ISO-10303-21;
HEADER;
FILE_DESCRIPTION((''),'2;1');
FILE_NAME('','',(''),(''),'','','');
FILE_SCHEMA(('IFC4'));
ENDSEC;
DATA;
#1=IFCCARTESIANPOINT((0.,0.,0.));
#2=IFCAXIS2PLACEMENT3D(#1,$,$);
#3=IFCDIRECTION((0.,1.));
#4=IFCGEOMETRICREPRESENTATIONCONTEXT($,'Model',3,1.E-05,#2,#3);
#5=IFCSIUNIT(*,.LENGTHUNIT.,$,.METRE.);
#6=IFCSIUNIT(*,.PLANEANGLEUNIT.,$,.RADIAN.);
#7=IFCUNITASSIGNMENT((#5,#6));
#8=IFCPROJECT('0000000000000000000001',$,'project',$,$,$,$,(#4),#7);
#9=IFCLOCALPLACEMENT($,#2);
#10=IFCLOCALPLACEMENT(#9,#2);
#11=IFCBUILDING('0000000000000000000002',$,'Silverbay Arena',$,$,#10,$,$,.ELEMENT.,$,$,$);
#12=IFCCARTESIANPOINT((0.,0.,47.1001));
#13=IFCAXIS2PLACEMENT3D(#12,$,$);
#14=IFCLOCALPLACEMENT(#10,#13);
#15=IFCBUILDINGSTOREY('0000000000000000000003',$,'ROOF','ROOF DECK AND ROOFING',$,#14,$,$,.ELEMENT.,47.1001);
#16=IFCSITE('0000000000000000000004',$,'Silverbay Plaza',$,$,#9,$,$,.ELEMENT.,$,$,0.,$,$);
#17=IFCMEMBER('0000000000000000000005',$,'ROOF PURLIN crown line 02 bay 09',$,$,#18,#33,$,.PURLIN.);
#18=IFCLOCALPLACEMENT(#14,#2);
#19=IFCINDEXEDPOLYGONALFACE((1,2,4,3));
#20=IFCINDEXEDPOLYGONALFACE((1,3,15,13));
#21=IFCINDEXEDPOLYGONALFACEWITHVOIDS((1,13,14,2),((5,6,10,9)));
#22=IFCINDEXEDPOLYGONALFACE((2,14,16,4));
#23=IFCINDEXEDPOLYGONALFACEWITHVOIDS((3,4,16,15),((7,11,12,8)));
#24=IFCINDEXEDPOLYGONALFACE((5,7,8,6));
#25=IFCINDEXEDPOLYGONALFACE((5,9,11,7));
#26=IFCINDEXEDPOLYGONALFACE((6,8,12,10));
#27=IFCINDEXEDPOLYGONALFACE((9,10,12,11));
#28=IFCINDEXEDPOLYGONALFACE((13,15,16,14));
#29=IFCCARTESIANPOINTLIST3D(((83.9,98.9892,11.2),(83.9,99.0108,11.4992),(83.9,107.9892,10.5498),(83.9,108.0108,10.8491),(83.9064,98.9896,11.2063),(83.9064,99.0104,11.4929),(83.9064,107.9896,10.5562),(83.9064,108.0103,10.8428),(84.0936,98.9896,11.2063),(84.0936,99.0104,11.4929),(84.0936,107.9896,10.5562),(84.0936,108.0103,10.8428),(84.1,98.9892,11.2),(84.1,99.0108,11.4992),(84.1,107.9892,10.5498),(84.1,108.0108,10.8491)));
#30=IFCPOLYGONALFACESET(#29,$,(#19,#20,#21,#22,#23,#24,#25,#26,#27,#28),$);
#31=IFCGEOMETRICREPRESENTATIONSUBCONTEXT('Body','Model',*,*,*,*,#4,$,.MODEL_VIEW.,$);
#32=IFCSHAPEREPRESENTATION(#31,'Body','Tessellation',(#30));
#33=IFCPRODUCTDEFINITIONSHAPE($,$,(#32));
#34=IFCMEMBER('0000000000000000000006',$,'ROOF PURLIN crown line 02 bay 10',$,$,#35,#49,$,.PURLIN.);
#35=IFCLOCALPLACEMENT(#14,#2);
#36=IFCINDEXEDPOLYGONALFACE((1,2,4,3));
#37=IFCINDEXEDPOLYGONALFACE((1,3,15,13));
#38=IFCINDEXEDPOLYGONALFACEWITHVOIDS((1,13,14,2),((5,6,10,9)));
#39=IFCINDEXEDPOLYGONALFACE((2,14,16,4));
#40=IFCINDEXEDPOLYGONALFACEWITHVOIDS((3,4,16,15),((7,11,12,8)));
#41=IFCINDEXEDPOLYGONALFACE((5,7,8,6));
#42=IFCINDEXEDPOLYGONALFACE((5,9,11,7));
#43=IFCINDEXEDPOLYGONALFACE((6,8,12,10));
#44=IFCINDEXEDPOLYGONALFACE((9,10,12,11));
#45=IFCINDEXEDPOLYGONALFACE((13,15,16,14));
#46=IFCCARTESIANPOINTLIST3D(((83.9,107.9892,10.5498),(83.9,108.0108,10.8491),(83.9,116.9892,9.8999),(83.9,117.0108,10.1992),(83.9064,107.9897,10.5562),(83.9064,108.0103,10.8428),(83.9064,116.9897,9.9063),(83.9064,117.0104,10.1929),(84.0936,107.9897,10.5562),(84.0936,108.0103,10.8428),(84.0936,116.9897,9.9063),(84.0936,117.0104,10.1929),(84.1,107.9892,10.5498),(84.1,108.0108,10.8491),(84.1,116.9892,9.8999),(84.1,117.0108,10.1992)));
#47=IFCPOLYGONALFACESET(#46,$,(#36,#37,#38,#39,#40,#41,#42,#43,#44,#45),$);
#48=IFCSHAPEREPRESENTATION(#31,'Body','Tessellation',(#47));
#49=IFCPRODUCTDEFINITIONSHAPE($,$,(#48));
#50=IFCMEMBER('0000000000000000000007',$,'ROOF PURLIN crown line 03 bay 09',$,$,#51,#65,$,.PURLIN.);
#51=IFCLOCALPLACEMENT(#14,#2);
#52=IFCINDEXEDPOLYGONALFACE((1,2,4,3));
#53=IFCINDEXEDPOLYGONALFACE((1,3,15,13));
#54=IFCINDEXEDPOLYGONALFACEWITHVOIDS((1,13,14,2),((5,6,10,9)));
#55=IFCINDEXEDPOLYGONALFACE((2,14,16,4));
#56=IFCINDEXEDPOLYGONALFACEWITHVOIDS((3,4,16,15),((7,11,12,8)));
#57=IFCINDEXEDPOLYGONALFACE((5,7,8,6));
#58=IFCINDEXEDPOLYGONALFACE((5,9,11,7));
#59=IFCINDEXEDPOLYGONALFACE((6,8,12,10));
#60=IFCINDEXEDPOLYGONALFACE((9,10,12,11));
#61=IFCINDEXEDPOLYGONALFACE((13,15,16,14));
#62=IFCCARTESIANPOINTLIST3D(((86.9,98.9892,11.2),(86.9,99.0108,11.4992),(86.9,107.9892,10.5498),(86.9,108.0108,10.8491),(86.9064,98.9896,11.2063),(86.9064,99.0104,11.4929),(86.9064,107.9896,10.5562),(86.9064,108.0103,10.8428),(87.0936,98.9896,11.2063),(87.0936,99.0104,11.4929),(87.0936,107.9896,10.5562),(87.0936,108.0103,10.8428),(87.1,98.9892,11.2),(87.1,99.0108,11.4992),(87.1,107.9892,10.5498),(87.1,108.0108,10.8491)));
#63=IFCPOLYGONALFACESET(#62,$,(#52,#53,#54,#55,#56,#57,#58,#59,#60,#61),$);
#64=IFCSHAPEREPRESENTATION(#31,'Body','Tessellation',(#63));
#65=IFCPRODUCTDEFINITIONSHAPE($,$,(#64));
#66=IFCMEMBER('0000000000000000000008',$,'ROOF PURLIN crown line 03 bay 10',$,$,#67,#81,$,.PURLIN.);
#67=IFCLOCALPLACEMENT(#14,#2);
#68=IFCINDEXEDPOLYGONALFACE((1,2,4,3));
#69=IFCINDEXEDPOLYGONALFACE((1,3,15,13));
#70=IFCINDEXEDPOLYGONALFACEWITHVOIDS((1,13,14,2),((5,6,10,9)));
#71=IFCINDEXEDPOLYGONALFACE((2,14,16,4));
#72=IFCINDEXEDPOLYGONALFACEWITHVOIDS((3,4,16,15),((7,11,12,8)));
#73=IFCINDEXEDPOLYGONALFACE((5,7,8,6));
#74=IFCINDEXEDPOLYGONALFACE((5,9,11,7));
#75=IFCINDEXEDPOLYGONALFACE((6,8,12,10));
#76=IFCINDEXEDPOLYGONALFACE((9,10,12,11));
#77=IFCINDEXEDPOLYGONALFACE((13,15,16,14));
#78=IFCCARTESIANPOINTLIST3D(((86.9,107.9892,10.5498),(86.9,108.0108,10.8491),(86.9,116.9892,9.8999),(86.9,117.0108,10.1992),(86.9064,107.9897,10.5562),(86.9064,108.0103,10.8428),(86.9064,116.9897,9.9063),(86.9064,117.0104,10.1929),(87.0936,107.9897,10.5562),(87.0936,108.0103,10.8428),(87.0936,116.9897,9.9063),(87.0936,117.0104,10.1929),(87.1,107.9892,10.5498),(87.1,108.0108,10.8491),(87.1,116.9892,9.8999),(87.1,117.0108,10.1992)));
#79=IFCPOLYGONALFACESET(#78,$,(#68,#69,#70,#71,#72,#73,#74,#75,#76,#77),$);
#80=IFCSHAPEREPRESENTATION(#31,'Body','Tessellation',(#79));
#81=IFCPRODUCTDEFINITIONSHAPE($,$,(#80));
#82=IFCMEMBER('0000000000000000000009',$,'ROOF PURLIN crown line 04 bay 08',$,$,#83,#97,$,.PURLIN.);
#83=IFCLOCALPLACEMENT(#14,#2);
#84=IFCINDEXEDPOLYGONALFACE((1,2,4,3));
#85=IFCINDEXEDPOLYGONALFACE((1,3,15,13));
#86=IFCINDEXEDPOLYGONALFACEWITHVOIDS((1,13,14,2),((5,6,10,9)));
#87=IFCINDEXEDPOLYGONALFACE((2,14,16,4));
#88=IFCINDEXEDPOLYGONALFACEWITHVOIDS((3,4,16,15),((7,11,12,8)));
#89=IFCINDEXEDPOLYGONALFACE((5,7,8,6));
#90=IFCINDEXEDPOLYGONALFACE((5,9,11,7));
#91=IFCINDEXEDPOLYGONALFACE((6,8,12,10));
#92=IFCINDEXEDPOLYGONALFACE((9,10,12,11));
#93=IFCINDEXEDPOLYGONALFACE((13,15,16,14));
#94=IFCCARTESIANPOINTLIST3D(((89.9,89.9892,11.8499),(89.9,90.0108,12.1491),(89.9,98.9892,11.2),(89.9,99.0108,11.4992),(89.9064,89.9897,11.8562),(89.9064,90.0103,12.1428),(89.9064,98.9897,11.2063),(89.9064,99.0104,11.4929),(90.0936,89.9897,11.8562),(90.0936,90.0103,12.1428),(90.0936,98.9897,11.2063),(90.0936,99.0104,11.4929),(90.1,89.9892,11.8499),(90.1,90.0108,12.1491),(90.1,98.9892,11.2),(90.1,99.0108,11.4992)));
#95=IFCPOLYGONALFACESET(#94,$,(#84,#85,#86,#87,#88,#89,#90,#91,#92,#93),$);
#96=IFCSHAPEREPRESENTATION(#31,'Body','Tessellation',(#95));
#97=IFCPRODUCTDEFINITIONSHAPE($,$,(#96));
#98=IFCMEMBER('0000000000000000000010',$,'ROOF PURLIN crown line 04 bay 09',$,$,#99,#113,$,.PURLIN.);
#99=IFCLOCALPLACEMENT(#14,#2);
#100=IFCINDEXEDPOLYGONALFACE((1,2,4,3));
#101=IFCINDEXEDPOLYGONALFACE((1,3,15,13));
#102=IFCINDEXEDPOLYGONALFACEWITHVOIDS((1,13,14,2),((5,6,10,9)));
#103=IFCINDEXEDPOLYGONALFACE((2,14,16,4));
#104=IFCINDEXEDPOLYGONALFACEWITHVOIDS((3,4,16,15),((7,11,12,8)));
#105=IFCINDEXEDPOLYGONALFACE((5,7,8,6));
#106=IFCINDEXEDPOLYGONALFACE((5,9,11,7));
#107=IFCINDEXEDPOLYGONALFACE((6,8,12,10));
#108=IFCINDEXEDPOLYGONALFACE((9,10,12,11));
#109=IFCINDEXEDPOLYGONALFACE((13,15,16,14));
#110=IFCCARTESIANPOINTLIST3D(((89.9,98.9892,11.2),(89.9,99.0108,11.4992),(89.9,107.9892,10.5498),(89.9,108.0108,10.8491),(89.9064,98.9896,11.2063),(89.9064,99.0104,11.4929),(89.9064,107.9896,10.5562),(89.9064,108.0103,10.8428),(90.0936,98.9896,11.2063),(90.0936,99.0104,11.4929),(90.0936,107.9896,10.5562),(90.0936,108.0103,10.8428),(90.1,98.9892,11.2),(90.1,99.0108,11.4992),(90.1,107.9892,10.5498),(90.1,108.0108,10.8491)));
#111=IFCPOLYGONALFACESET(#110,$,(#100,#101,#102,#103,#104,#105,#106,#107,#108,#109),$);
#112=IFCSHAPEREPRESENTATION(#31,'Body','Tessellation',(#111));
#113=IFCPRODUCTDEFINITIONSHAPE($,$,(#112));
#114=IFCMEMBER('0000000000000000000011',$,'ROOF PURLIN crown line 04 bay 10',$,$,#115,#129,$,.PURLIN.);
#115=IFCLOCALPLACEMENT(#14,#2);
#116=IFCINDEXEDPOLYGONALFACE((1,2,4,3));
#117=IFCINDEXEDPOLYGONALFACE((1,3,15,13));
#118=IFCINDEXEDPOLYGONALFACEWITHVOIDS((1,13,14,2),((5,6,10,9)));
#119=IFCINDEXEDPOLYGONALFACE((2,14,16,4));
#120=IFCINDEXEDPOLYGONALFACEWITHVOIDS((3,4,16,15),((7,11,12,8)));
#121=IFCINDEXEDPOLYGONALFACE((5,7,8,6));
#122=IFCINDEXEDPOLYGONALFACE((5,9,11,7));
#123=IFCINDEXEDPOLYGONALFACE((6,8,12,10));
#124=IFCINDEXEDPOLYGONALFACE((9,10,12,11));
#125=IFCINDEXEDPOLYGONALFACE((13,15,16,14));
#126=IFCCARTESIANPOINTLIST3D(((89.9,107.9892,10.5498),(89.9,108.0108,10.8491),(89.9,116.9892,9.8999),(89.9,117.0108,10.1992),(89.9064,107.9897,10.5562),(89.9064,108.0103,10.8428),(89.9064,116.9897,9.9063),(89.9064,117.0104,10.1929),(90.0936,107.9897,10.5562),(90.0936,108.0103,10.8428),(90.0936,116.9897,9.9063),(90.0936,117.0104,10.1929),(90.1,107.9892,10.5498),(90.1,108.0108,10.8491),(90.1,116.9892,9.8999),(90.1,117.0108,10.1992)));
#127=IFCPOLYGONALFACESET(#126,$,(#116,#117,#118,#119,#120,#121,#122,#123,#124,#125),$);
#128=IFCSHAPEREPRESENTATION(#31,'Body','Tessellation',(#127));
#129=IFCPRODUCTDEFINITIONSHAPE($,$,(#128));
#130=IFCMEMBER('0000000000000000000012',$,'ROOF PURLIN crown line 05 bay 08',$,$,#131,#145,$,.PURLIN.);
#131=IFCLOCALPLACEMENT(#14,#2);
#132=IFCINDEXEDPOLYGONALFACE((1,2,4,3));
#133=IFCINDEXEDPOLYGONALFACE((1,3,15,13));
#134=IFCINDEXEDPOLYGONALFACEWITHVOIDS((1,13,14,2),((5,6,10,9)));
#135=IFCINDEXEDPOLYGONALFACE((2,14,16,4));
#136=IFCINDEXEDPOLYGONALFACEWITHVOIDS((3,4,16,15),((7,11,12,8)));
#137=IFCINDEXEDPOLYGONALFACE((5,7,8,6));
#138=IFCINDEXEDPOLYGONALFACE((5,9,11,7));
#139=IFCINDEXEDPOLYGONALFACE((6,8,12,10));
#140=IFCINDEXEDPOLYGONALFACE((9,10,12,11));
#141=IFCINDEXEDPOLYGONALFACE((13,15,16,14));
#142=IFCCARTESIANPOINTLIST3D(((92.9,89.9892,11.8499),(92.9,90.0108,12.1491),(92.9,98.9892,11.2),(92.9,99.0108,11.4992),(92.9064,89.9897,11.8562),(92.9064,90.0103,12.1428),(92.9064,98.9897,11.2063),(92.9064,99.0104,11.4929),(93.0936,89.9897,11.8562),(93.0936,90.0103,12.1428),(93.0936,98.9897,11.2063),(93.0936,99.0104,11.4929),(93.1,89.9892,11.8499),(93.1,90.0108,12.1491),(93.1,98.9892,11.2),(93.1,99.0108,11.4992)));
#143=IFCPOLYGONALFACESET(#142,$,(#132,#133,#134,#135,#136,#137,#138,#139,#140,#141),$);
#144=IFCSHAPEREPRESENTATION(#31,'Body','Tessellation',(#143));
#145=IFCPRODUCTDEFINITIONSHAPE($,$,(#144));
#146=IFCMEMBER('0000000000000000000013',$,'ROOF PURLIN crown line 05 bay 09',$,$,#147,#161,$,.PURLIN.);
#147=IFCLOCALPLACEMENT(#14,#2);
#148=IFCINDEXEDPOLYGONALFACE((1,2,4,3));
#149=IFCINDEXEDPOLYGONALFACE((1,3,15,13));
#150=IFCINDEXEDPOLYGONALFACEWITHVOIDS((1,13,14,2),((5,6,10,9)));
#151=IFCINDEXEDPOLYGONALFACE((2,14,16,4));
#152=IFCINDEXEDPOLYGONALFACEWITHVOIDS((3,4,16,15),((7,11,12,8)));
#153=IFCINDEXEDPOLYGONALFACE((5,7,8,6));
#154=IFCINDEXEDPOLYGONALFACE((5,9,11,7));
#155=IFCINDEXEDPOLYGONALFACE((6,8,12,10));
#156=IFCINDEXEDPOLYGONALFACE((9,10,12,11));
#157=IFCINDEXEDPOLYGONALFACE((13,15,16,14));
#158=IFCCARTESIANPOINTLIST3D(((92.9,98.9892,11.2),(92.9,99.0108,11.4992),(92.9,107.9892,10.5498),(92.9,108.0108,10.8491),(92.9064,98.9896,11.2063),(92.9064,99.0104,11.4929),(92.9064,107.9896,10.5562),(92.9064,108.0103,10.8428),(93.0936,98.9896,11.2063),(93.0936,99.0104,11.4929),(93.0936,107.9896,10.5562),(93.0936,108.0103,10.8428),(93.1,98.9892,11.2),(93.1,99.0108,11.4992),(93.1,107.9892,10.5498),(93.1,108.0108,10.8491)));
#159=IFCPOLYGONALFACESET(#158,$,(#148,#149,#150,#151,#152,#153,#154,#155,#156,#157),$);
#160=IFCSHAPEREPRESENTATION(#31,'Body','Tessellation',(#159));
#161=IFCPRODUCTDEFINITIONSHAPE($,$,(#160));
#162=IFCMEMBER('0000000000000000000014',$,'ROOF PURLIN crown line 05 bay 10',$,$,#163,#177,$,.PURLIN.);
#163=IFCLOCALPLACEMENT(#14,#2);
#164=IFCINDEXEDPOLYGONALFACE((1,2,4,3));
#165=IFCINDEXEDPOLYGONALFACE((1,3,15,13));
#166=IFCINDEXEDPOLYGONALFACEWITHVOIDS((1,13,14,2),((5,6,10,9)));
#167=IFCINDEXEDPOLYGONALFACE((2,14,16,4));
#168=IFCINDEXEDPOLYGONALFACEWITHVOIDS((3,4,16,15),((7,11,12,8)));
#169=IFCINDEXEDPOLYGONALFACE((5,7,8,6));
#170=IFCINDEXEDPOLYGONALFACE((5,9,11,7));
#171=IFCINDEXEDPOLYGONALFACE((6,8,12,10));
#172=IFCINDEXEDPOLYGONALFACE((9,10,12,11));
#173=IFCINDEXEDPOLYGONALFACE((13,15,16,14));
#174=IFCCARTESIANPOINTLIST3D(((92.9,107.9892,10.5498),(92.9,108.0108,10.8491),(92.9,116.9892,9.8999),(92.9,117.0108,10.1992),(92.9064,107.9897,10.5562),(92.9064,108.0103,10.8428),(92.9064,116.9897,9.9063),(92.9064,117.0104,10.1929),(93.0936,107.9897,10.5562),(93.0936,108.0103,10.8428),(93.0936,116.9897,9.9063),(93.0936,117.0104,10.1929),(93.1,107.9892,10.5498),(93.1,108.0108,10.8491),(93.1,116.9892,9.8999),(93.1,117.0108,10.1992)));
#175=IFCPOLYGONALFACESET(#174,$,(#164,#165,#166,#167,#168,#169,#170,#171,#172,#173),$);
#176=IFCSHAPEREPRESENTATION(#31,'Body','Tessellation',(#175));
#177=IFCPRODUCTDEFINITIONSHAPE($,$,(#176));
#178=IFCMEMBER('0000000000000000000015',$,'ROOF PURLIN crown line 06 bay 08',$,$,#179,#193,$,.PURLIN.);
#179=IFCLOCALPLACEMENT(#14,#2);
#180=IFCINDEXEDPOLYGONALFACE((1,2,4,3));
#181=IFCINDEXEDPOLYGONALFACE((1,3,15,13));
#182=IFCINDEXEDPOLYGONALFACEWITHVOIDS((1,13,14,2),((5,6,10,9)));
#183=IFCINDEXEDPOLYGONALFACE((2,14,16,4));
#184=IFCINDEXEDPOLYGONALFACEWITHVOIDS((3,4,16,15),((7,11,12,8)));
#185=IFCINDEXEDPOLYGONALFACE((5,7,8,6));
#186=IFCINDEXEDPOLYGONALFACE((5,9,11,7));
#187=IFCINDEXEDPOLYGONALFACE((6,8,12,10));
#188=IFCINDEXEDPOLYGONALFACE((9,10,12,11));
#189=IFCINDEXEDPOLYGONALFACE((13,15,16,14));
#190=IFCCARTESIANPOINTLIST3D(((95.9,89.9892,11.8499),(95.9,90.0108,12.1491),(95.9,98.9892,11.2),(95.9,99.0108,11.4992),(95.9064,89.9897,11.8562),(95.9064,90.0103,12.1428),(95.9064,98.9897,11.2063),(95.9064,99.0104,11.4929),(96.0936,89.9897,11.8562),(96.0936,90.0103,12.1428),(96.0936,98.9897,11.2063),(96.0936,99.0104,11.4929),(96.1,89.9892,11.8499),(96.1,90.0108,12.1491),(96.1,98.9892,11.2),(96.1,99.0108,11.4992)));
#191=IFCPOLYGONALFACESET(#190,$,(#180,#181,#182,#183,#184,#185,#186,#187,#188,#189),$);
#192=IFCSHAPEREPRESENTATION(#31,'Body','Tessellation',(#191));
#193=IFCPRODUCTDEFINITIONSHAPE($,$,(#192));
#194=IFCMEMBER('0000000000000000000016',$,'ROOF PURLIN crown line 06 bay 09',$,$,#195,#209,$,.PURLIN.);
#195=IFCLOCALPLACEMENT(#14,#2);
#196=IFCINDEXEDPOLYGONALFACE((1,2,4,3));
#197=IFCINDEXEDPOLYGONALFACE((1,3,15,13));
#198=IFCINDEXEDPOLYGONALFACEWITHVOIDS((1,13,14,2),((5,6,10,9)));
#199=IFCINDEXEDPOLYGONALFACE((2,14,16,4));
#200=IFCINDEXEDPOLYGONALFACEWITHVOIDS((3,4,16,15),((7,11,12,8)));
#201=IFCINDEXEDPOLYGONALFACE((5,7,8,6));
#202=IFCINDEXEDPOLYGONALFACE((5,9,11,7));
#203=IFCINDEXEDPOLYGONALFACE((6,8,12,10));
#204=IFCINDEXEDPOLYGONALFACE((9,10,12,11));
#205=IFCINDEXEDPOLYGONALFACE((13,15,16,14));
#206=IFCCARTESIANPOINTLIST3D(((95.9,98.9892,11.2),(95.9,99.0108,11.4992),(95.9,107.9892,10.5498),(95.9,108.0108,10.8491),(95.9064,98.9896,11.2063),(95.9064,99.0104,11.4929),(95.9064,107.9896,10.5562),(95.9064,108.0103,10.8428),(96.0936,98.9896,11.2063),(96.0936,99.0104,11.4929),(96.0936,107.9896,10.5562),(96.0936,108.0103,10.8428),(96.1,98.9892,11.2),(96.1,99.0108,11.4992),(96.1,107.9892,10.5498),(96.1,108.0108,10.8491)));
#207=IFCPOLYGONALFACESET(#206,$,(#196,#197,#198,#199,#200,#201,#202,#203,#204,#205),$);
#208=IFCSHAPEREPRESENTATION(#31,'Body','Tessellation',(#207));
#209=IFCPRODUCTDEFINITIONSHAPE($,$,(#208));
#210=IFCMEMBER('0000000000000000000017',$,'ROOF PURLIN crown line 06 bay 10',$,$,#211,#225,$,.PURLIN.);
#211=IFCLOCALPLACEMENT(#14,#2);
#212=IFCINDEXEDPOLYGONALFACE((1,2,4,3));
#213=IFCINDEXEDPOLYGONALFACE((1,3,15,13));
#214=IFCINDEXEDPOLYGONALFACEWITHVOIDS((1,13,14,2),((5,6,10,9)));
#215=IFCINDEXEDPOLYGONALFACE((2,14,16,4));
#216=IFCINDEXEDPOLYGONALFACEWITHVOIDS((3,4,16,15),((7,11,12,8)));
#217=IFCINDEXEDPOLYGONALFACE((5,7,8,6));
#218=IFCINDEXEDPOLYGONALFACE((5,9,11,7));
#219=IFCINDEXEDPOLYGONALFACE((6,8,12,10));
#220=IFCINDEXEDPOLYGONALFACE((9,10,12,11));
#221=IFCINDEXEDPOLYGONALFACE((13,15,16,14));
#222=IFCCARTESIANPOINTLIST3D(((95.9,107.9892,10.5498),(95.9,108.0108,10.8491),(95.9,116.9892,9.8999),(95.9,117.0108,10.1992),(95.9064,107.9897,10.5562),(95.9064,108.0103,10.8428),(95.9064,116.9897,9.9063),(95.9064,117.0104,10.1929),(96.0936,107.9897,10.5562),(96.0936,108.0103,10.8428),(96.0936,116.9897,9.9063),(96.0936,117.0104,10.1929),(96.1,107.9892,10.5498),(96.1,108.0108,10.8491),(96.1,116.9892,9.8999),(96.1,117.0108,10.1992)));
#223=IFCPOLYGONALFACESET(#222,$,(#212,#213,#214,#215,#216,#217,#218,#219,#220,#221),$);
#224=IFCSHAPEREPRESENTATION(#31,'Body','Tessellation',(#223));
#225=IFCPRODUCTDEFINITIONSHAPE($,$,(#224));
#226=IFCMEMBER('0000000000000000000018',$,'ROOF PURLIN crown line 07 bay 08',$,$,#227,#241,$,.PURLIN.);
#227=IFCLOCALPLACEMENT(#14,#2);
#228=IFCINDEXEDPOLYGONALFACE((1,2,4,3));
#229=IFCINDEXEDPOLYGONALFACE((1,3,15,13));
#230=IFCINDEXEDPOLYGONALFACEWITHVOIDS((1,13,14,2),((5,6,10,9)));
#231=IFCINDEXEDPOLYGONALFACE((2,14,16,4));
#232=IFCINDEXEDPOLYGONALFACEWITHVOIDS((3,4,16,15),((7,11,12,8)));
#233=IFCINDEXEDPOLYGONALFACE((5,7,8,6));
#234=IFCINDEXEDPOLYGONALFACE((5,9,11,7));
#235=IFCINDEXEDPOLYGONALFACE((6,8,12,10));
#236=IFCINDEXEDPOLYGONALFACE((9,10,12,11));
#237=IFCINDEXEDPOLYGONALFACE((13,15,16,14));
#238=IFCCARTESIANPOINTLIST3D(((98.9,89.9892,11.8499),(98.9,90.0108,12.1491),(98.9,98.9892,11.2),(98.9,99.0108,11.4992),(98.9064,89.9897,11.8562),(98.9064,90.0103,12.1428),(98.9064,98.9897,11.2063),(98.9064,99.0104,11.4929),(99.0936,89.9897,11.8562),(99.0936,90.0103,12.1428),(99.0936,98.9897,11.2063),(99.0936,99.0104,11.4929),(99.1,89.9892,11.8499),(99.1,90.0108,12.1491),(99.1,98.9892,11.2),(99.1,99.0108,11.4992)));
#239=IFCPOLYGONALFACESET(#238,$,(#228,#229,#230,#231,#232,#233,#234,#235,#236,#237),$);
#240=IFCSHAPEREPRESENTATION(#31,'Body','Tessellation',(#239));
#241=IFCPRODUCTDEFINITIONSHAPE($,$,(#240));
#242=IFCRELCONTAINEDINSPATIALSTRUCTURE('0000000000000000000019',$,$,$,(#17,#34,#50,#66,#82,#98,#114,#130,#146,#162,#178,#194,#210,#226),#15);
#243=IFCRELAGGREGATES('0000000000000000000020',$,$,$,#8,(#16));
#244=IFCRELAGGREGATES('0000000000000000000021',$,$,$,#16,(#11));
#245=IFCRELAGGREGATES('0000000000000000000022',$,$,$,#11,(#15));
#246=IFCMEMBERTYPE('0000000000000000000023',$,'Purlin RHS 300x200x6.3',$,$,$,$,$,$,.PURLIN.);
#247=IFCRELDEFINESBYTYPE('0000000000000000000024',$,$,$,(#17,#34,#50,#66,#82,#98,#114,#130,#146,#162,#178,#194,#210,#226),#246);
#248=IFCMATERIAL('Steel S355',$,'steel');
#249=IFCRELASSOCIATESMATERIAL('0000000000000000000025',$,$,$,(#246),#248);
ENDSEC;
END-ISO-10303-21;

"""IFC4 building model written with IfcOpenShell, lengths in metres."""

from ifc_helpers import new_model, si_unit, direction, frame, origin, origin_2d, place, context, subcontext, project, spatial, hollow_rectangle, extrude, material, material_profile, profile_set, type_object, element, save


model = new_model("IFC4")

# Units and contexts
model_context = context("Model", 3, precision=1e-05, world=origin(), true_north=direction((0.0, 1.0)))
body_context = subcontext(model_context, "Body", "Model", "MODEL_VIEW")
ifc_project = project(units=[si_unit("LENGTHUNIT", "METRE"), si_unit("PLANEANGLEUNIT", "RADIAN")], contexts=[model_context])

# Site, building, storey
site_placement = place(None, origin())
site = spatial("IfcSite", under=ifc_project, at=site_placement, Name="Silverbay Plaza", CompositionType="ELEMENT", RefElevation=0.0)
building_placement = place(site_placement, origin())
building = spatial("IfcBuilding", under=site, at=building_placement, Name="Silverbay Arena", CompositionType="ELEMENT")
storey_placement = place(building_placement, frame((0.0, 0.0, 47.1001)))
storey = spatial("IfcBuildingStorey", under=building, at=storey_placement, Name="ROOF", Description="ROOF DECK AND ROOFING", CompositionType="ELEMENT", Elevation=47.1001)

# Members
ifc_material_1 = material(Name="Steel S355", Category="steel")
ifc_material_profile_1 = material_profile(ifc_material_1, hollow_rectangle(XDim=0.2, YDim=0.3, WallThickness=0.0063, at=origin_2d()), Name="RHS 300x200x6.3")
ifc_profile_set_1 = profile_set([ifc_material_profile_1], Name="Steel S355")
member_type_1 = type_object("IfcMemberType", Name="Purlin RHS 300x200x6.3", PredefinedType="PURLIN", material=ifc_profile_set_1)
for number, where, z_axis, x_axis, name in (
    (1, (84.0, 99.0, 11.3496), (0.0, 0.997401, -0.072051), (-1.0, 0.0, 0.0), "ROOF PURLIN crown line 02 bay 09"),
    (2, (84.0, 108.0, 10.6995), (0.0, 0.997403, -0.072024), (-1.0, 0.0, 0.0), "ROOF PURLIN crown line 02 bay 10"),
    (3, (87.0, 99.0, 11.3496), (0.0, 0.997401, -0.072051), (-1.0, 0.0, 0.0), "ROOF PURLIN crown line 03 bay 09"),
    (4, (87.0, 108.0, 10.6995), (0.0, 0.997403, -0.072024), (-1.0, 0.0, 0.0), "ROOF PURLIN crown line 03 bay 10"),
    (5, (90.0, 90.0, 11.9995), (0.0, 0.997403, -0.072024), (-1.0, 0.0, 0.0), "ROOF PURLIN crown line 04 bay 08"),
    (6, (90.0, 99.0, 11.3496), (0.0, 0.997401, -0.072051), (-1.0, 0.0, 0.0), "ROOF PURLIN crown line 04 bay 09"),
    (7, (90.0, 108.0, 10.6995), (0.0, 0.997403, -0.072024), (-1.0, 0.0, 0.0), "ROOF PURLIN crown line 04 bay 10"),
    (8, (93.0, 90.0, 11.9995), (0.0, 0.997403, -0.072024), (-1.0, 0.0, 0.0), "ROOF PURLIN crown line 05 bay 08"),
    (9, (93.0, 99.0, 11.3496), (0.0, 0.997401, -0.072051), (-1.0, 0.0, 0.0), "ROOF PURLIN crown line 05 bay 09"),
    (10, (93.0, 108.0, 10.6995), (0.0, 0.997403, -0.072024), (-1.0, 0.0, 0.0), "ROOF PURLIN crown line 05 bay 10"),
    (11, (96.0, 90.0, 11.9995), (0.0, 0.997403, -0.072024), (-1.0, 0.0, 0.0), "ROOF PURLIN crown line 06 bay 08"),
    (12, (96.0, 99.0, 11.3496), (0.0, 0.997401, -0.072051), (-1.0, 0.0, 0.0), "ROOF PURLIN crown line 06 bay 09"),
    (13, (96.0, 108.0, 10.6995), (0.0, 0.997403, -0.072024), (-1.0, 0.0, 0.0), "ROOF PURLIN crown line 06 bay 10"),
    (14, (99.0, 90.0, 11.9995), (0.0, 0.997403, -0.072024), (-1.0, 0.0, 0.0), "ROOF PURLIN crown line 07 bay 08"),
):
    element("IfcMember", number, at=place(storey_placement, frame(where, z_axis=z_axis, x_axis=x_axis)), inside=storey, type_object=member_type_1, Name=name, PredefinedType="PURLIN", context=body_context, shape_type="SweptSolid", body=[
        extrude(hollow_rectangle(XDim=0.2, YDim=0.3, WallThickness=0.0063, at=origin_2d()), origin(), (0.0, 0.0, 1.0), 9.0234),
    ])

save(model, "model.ifc")
